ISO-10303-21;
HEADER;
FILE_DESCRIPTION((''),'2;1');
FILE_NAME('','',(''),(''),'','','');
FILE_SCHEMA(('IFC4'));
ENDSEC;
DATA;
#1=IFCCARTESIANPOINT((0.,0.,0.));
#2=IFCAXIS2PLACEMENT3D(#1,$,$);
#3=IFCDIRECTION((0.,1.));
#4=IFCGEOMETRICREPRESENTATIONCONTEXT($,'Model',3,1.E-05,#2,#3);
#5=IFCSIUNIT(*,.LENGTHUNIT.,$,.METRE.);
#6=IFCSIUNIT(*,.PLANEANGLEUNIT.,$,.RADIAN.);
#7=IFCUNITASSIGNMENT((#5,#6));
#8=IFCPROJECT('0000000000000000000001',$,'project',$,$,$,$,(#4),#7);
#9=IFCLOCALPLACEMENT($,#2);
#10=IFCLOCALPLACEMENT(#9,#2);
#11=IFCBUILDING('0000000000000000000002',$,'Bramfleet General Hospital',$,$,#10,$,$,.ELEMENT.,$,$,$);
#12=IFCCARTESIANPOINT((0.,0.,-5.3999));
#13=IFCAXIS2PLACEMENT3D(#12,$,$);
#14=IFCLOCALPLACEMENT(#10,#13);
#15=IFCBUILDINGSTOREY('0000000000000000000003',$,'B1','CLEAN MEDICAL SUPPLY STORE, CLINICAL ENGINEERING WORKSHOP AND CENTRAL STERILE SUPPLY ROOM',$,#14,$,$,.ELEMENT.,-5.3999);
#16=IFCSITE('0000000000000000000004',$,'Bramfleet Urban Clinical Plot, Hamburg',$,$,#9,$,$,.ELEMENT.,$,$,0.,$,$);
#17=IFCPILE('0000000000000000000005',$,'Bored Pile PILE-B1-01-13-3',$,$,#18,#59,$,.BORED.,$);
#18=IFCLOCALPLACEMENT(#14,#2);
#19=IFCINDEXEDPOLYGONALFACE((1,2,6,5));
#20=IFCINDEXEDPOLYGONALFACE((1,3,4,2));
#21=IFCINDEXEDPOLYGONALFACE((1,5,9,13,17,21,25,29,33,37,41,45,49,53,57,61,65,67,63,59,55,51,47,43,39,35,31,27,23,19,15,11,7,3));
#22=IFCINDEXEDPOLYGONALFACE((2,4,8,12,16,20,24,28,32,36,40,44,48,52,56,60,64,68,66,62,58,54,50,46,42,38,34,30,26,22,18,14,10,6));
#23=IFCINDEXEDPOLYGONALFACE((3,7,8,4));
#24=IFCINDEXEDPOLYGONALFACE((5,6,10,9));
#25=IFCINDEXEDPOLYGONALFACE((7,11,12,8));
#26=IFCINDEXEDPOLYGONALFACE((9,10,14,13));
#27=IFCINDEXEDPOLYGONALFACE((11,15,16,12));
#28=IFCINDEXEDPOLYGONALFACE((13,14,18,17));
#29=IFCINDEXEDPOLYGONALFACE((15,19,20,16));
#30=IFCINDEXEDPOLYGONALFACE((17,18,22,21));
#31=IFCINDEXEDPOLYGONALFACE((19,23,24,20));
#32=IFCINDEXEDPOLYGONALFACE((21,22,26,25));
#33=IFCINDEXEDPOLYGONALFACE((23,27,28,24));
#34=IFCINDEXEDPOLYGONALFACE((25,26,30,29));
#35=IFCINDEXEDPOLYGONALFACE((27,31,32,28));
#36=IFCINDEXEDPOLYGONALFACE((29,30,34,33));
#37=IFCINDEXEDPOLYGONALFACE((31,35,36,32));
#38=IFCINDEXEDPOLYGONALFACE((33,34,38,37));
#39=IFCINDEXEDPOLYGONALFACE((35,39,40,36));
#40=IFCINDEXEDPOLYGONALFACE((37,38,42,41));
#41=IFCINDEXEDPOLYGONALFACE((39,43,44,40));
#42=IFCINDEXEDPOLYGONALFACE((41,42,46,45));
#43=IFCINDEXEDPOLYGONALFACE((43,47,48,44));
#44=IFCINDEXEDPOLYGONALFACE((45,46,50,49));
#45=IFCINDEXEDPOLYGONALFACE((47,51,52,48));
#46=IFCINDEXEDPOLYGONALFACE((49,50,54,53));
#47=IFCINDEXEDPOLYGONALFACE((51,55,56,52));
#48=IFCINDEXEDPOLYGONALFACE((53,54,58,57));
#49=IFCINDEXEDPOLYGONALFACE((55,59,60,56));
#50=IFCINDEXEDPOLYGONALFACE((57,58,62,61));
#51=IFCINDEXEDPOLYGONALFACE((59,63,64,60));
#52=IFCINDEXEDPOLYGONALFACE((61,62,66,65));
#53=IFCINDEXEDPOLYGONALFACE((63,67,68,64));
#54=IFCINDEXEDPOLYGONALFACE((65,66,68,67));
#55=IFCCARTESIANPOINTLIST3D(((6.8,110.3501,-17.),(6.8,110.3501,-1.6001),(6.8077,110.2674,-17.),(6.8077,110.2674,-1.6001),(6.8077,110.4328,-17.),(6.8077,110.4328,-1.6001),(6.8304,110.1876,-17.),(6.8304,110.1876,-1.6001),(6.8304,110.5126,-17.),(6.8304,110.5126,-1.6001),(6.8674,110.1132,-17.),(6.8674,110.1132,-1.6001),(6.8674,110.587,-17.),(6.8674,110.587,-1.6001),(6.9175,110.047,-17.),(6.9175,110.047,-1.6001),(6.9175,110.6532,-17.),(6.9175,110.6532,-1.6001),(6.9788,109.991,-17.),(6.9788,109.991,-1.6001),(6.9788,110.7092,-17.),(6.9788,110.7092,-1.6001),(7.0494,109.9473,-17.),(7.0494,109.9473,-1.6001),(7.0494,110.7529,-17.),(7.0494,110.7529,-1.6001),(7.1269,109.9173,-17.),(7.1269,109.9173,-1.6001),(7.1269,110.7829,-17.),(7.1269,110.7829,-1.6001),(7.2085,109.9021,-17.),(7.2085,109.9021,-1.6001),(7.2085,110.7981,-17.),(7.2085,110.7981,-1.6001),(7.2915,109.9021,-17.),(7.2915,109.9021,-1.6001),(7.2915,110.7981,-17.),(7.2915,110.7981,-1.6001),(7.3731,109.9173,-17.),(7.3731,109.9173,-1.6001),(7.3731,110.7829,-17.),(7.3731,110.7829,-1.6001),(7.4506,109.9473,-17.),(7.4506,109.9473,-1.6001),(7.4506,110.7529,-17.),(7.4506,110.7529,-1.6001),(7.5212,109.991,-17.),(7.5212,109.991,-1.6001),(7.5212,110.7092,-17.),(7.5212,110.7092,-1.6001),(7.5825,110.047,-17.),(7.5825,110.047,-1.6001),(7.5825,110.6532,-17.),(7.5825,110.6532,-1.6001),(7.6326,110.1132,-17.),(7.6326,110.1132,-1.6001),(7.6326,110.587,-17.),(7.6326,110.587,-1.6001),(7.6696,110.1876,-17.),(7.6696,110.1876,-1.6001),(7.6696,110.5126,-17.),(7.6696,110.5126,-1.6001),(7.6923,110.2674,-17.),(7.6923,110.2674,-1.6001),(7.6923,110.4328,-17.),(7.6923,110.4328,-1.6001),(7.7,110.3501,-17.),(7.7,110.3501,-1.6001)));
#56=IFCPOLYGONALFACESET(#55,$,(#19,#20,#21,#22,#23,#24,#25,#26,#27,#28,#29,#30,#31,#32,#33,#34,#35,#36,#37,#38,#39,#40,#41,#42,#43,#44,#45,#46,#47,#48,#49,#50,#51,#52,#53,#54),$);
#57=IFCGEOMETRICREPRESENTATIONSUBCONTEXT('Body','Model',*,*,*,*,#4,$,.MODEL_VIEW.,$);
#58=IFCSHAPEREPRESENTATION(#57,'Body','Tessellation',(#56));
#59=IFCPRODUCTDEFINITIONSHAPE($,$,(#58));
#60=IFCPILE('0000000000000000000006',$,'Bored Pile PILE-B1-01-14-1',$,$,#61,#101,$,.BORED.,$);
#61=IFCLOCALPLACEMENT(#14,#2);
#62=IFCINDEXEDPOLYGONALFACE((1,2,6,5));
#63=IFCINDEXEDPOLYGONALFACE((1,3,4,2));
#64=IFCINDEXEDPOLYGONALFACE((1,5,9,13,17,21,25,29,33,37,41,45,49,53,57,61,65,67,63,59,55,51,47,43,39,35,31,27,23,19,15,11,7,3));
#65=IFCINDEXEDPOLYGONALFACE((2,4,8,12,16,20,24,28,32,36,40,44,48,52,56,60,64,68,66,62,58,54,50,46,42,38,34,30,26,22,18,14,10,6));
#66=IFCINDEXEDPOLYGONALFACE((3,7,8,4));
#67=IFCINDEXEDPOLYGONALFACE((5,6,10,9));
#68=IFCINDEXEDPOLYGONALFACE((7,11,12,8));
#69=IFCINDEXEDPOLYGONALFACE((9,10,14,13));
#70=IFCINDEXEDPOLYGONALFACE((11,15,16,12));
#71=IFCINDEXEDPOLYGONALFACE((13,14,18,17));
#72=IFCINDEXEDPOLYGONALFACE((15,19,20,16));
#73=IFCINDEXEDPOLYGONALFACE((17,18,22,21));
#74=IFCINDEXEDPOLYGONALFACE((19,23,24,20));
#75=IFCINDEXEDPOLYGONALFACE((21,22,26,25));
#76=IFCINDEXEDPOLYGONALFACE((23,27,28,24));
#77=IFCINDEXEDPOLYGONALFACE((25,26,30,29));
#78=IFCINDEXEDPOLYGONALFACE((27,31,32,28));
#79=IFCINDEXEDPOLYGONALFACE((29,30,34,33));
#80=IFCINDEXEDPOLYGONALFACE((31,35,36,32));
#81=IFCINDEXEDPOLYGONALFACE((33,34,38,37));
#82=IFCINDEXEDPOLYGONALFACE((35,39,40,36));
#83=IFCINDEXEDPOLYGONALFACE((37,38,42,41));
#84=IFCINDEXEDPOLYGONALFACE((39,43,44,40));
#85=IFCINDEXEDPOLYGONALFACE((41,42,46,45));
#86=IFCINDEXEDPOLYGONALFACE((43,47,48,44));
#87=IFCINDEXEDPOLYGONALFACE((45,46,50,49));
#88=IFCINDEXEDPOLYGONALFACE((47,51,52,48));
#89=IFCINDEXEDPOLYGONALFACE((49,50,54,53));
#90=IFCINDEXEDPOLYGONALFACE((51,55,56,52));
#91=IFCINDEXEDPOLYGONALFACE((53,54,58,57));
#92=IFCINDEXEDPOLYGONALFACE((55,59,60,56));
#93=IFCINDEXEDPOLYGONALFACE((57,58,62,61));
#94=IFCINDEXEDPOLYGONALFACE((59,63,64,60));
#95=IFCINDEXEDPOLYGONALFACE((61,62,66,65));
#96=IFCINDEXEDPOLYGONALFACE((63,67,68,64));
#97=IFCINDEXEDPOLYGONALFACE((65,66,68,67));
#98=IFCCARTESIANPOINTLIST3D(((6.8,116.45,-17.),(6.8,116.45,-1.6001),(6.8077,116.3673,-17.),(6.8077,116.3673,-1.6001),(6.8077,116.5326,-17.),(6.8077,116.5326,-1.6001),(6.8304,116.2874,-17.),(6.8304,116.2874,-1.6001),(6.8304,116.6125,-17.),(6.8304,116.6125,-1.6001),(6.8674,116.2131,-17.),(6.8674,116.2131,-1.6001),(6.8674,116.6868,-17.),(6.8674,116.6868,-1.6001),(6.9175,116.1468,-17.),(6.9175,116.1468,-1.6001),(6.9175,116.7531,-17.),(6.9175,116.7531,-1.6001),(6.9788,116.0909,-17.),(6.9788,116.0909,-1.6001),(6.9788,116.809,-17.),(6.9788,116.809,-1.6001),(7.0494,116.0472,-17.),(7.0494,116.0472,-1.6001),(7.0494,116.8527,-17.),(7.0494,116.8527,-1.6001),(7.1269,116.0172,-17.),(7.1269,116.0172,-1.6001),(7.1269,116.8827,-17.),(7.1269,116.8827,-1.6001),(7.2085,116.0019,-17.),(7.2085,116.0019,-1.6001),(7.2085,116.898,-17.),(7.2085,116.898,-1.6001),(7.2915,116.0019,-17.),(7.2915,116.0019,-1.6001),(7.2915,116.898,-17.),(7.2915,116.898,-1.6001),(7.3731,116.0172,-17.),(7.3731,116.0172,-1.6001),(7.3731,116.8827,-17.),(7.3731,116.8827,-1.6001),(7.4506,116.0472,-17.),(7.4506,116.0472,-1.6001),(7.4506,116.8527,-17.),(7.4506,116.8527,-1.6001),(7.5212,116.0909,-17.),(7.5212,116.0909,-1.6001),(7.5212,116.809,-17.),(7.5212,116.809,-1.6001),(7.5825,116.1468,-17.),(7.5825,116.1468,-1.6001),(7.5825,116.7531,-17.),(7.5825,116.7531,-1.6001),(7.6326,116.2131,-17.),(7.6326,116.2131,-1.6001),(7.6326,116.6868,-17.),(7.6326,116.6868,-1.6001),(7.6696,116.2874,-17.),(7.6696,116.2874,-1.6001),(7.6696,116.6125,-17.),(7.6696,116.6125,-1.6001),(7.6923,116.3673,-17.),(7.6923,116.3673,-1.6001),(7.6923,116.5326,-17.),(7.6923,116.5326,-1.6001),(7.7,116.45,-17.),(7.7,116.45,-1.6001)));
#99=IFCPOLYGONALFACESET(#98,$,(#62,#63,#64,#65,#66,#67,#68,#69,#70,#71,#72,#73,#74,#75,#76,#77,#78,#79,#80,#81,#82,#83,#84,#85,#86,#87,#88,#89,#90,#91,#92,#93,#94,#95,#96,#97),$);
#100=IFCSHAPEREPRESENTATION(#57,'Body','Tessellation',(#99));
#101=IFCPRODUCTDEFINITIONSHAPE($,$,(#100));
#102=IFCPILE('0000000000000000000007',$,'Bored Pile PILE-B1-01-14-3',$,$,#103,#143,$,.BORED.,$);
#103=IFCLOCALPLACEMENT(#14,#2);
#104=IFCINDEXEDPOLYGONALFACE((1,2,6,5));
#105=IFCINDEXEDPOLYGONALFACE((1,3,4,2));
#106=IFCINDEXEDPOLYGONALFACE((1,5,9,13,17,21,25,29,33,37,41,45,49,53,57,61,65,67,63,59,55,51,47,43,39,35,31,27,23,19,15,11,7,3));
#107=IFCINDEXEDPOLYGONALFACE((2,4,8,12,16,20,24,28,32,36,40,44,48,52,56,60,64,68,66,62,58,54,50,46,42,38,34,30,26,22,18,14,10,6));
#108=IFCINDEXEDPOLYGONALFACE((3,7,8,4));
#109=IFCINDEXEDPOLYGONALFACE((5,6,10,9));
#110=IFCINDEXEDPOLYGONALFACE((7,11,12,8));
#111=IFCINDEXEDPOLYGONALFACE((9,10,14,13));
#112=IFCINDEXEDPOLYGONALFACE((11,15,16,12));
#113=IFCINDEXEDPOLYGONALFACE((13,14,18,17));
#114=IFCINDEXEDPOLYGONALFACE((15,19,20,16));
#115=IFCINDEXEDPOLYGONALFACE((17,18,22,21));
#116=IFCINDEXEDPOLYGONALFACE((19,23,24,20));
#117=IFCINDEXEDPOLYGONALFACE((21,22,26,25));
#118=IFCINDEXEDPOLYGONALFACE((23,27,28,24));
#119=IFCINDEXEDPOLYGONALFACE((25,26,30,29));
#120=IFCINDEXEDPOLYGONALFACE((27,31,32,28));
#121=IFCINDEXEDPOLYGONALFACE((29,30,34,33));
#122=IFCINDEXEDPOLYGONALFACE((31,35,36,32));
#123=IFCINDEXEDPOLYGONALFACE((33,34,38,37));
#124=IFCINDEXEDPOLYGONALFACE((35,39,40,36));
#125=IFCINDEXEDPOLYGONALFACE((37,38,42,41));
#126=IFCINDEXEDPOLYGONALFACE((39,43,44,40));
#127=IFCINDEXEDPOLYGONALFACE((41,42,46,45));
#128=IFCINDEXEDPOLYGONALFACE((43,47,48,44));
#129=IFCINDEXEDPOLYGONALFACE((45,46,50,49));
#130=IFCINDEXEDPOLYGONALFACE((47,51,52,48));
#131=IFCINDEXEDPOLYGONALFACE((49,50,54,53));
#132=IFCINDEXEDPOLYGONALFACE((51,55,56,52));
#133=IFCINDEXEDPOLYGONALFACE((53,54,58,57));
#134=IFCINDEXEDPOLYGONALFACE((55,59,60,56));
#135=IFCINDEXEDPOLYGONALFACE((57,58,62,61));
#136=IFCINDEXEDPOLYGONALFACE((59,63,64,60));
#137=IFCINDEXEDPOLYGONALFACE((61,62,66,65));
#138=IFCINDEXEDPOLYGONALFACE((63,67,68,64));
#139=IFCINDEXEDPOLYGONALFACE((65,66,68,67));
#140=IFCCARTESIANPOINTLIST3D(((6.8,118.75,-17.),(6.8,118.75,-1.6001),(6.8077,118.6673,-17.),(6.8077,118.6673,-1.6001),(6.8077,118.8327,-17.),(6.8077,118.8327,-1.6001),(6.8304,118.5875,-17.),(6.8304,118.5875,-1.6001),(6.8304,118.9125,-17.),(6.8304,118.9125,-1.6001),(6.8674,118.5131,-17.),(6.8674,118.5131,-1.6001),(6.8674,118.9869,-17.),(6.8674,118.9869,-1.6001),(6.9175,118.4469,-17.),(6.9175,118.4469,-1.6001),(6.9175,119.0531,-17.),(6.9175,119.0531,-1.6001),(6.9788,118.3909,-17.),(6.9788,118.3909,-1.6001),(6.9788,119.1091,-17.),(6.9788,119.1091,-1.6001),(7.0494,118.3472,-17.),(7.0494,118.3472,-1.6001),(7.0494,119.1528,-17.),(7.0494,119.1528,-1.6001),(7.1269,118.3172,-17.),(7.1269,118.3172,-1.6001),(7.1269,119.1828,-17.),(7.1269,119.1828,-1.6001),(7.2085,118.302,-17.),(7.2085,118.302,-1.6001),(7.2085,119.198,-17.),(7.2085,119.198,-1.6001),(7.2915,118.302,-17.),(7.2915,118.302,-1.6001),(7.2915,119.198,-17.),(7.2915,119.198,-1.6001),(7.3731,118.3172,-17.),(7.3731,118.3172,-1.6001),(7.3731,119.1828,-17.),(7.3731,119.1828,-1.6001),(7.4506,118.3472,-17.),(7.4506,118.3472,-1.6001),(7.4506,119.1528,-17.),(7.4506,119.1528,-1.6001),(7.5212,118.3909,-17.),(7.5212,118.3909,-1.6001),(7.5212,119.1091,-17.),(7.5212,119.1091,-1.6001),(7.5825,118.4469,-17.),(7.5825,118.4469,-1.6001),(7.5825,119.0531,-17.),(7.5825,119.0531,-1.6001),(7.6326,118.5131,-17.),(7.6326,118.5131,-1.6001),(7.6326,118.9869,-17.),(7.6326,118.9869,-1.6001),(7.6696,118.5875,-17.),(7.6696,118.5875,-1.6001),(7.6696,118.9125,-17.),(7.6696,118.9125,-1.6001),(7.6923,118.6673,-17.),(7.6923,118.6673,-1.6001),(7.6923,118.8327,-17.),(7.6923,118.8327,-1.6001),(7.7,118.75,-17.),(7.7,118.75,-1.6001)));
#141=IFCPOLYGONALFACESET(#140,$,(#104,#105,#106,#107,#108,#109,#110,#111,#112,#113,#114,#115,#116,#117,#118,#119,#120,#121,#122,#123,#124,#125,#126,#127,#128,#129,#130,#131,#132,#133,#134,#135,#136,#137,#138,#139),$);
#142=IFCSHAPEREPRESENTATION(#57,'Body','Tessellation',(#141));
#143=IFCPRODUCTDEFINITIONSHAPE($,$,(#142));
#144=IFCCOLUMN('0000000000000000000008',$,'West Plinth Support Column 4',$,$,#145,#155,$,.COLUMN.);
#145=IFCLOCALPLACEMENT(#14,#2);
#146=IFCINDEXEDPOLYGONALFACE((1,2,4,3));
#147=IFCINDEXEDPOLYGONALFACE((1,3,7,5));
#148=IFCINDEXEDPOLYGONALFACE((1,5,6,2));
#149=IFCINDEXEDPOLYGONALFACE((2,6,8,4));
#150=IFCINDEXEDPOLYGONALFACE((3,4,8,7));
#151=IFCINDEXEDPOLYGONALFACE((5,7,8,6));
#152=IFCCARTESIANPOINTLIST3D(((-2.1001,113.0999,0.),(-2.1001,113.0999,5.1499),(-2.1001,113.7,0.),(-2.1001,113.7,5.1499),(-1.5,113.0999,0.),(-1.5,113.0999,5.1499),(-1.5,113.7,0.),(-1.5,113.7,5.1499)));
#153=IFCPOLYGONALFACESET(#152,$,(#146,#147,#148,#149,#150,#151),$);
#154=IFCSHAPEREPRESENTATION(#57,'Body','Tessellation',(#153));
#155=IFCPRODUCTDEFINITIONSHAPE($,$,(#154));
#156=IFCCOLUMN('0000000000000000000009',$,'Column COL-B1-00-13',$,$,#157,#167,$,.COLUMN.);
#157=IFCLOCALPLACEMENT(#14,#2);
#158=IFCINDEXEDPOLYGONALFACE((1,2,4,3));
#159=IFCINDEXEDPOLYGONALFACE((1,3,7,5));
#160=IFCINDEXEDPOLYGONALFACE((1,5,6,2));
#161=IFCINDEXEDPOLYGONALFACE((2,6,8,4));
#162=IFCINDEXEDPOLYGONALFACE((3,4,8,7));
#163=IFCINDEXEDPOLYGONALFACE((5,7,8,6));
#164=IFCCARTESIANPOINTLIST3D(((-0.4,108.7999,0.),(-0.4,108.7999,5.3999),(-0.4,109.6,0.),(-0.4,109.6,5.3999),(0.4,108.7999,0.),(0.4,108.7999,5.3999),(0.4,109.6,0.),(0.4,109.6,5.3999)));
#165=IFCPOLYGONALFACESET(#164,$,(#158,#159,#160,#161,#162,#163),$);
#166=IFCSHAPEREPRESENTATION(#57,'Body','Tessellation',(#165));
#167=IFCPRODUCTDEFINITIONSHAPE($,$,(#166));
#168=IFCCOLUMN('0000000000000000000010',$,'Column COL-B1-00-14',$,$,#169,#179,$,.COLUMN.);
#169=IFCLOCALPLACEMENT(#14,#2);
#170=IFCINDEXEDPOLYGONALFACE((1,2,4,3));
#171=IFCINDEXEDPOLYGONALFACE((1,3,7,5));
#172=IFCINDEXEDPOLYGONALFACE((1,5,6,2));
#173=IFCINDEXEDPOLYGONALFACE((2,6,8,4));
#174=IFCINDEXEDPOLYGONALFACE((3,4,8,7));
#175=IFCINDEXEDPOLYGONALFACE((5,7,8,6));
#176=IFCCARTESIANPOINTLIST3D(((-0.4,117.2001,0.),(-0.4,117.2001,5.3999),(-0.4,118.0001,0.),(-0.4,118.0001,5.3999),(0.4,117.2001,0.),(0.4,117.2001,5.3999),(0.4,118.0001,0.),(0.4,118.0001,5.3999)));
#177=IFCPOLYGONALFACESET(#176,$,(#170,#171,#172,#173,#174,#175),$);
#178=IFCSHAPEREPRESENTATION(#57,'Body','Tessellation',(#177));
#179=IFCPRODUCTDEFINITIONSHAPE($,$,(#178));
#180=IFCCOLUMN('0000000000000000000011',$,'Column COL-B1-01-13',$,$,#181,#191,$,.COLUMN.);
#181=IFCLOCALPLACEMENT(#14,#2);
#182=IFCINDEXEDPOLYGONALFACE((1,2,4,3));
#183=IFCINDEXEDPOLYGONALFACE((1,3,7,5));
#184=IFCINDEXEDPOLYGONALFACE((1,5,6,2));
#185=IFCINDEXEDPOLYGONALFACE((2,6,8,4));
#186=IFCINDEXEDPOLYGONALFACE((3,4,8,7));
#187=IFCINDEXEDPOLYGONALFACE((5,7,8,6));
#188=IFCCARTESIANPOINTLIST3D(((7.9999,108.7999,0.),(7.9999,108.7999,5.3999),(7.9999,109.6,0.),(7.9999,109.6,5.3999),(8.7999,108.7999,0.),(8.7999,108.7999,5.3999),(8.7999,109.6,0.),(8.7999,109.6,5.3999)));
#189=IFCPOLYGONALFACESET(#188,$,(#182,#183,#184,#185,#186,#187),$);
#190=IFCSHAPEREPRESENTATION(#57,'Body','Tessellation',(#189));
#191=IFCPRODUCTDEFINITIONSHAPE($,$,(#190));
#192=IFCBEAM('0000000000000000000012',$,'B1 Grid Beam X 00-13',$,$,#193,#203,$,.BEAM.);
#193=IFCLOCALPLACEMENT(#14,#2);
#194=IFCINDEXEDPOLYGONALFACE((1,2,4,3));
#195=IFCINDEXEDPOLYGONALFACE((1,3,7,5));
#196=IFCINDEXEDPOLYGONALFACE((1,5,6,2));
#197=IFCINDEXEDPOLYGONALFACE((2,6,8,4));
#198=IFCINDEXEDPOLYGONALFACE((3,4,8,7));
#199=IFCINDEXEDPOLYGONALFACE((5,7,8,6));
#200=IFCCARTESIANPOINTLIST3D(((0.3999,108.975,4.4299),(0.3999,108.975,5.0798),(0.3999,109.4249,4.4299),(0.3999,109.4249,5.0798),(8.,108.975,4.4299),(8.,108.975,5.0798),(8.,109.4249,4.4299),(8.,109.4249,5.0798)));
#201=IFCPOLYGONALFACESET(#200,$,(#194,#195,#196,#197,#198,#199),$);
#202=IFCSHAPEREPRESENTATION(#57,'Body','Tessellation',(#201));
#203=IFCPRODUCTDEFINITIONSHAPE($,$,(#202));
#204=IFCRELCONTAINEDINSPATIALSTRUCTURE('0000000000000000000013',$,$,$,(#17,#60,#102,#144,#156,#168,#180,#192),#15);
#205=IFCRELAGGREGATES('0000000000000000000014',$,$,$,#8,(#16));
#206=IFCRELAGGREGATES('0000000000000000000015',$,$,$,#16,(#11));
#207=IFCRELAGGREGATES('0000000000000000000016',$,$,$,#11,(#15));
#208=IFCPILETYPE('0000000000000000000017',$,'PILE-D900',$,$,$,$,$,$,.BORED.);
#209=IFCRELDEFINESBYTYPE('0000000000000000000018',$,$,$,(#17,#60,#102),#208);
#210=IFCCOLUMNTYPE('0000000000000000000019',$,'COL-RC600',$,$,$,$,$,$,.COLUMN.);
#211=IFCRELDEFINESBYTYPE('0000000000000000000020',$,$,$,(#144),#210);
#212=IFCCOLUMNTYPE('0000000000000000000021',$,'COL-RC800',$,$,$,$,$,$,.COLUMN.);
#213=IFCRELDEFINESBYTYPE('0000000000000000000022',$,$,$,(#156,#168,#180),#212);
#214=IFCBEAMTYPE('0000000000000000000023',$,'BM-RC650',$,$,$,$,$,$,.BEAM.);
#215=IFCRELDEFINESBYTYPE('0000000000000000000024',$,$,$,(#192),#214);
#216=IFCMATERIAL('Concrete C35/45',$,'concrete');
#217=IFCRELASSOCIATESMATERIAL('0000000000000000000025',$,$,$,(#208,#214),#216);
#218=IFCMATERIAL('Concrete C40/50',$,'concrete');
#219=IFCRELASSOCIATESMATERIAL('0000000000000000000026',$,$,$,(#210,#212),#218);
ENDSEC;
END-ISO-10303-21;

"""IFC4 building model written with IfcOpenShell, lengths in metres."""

from ifc_helpers import new_model, si_unit, direction, frame, origin, origin_2d, place, context, subcontext, project, spatial, rectangle, circle, extrude, material, material_profile, profile_set, type_object, element, save


model = new_model("IFC4")

# Units and contexts
model_context = context("Model", 3, precision=1e-05, world=origin(), true_north=direction((0.0, 1.0)))
body_context = subcontext(model_context, "Body", "Model", "MODEL_VIEW")
ifc_project = project(units=[si_unit("LENGTHUNIT", "METRE"), si_unit("PLANEANGLEUNIT", "RADIAN")], contexts=[model_context])

# Site, building, storey
site_placement = place(None, origin())
site = spatial("IfcSite", under=ifc_project, at=site_placement, Name="Bramfleet Urban Clinical Plot, Hamburg", CompositionType="ELEMENT", RefElevation=0.0)
building_placement = place(site_placement, origin())
building = spatial("IfcBuilding", under=site, at=building_placement, Name="Bramfleet General Hospital", CompositionType="ELEMENT")
storey_placement = place(building_placement, frame((0.0, 0.0, -5.3999)))
storey = spatial("IfcBuildingStorey", under=building, at=storey_placement, Name="B1", Description="CLEAN MEDICAL SUPPLY STORE, CLINICAL ENGINEERING WORKSHOP AND CENTRAL STERILE SUPPLY ROOM", CompositionType="ELEMENT", Elevation=-5.3999)

# Shared definitions
ifc_material_1 = material(Name="Concrete C35/45", Category="concrete")

# Piles
ifc_material_profile_1 = material_profile(ifc_material_1, circle(Radius=0.45, at=origin_2d()), Name="PILE BORED D900")
ifc_profile_set_1 = profile_set([ifc_material_profile_1], Name="Concrete C35/45")
pile_type = type_object("IfcPileType", Name="PILE-D900", PredefinedType="BORED", material=ifc_profile_set_1)
for number, where, z_axis, x_axis, name in (
    (1, (7.25, 110.3501, -1.6001), (0.0, 0.0, -1.0), (1.0, 0.0, 0.0), "Bored Pile PILE-B1-01-13-3"),
    (2, (7.25, 116.45, -1.6001), (0.0, 0.0, -1.0), (1.0, 0.0, 0.0), "Bored Pile PILE-B1-01-14-1"),
    (3, (7.25, 118.75, -1.6001), (0.0, 0.0, -1.0), (1.0, 0.0, 0.0), "Bored Pile PILE-B1-01-14-3"),
):
    element("IfcPile", number, at=place(storey_placement, frame(where, z_axis=z_axis, x_axis=x_axis)), inside=storey, type_object=pile_type, Name=name, PredefinedType="BORED", context=body_context, shape_type="SweptSolid", body=[
        extrude(circle(Radius=0.45, at=origin_2d()), origin(), (0.0, 0.0, 1.0), 15.3999),
    ])

# Columns
ifc_material_2 = material(Name="Concrete C40/50", Category="concrete")
ifc_material_profile_2 = material_profile(ifc_material_2, rectangle(XDim=0.6001, YDim=0.6001, at=origin_2d()), Name="RC COL 600x600")
ifc_profile_set_2 = profile_set([ifc_material_profile_2], Name="Concrete C40/50")
column_type_1 = type_object("IfcColumnType", Name="COL-RC600", PredefinedType="COLUMN", material=ifc_profile_set_2)
column_placement = place(storey_placement, frame((-1.8, 113.3999, 0.0), z_axis=(0.0, 0.0, 1.0), x_axis=(1.0, 0.0, 0.0)))
element("IfcColumn", 4, at=column_placement, inside=storey, type_object=column_type_1, Name="West Plinth Support Column 4", PredefinedType="COLUMN", context=body_context, shape_type="SweptSolid", body=[
    extrude(rectangle(XDim=0.6001, YDim=0.6001, at=origin_2d()), origin(), (0.0, 0.0, 1.0), 5.1499),
])
ifc_material_profile_3 = material_profile(ifc_material_2, rectangle(XDim=0.8, YDim=0.8, at=origin_2d()), Name="RC COL 800x800")
ifc_profile_set_3 = profile_set([ifc_material_profile_3], Name="Concrete C40/50")
column_type_2 = type_object("IfcColumnType", Name="COL-RC800", PredefinedType="COLUMN", material=ifc_profile_set_3)
for number, where, z_axis, x_axis, name in (
    (5, (0.0, 109.2, 0.0), (0.0, 0.0, 1.0), (1.0, 0.0, 0.0), "Column COL-B1-00-13"),
    (6, (0.0, 117.6001, 0.0), (0.0, 0.0, 1.0), (1.0, 0.0, 0.0), "Column COL-B1-00-14"),
    (7, (8.3999, 109.2, 0.0), (0.0, 0.0, 1.0), (1.0, 0.0, 0.0), "Column COL-B1-01-13"),
):
    element("IfcColumn", number, at=place(storey_placement, frame(where, z_axis=z_axis, x_axis=x_axis)), inside=storey, type_object=column_type_2, Name=name, PredefinedType="COLUMN", context=body_context, shape_type="SweptSolid", body=[
        extrude(rectangle(XDim=0.8, YDim=0.8, at=origin_2d()), origin(), (0.0, 0.0, 1.0), 5.3999),
    ])

# Beam
ifc_material_profile_4 = material_profile(ifc_material_1, rectangle(XDim=0.45, YDim=0.6499, at=origin_2d()), Name="RC BM 650x450")
ifc_profile_set_4 = profile_set([ifc_material_profile_4], Name="Concrete C35/45")
beam_type_1 = type_object("IfcBeamType", Name="BM-RC650", PredefinedType="BEAM", material=ifc_profile_set_4)
beam_1_placement = place(storey_placement, frame((0.3999, 109.2, 4.7549), z_axis=(1.0, 0.0, 0.0), x_axis=(0.0, 1.0, 0.0)))
element("IfcBeam", 8, at=beam_1_placement, inside=storey, type_object=beam_type_1, Name="B1 Grid Beam X 00-13", PredefinedType="BEAM", context=body_context, shape_type="SweptSolid", body=[
    extrude(rectangle(XDim=0.45, YDim=0.6499, at=origin_2d()), origin(), (0.0, 0.0, 1.0), 7.6001),
])

save(model, "model.ifc")
